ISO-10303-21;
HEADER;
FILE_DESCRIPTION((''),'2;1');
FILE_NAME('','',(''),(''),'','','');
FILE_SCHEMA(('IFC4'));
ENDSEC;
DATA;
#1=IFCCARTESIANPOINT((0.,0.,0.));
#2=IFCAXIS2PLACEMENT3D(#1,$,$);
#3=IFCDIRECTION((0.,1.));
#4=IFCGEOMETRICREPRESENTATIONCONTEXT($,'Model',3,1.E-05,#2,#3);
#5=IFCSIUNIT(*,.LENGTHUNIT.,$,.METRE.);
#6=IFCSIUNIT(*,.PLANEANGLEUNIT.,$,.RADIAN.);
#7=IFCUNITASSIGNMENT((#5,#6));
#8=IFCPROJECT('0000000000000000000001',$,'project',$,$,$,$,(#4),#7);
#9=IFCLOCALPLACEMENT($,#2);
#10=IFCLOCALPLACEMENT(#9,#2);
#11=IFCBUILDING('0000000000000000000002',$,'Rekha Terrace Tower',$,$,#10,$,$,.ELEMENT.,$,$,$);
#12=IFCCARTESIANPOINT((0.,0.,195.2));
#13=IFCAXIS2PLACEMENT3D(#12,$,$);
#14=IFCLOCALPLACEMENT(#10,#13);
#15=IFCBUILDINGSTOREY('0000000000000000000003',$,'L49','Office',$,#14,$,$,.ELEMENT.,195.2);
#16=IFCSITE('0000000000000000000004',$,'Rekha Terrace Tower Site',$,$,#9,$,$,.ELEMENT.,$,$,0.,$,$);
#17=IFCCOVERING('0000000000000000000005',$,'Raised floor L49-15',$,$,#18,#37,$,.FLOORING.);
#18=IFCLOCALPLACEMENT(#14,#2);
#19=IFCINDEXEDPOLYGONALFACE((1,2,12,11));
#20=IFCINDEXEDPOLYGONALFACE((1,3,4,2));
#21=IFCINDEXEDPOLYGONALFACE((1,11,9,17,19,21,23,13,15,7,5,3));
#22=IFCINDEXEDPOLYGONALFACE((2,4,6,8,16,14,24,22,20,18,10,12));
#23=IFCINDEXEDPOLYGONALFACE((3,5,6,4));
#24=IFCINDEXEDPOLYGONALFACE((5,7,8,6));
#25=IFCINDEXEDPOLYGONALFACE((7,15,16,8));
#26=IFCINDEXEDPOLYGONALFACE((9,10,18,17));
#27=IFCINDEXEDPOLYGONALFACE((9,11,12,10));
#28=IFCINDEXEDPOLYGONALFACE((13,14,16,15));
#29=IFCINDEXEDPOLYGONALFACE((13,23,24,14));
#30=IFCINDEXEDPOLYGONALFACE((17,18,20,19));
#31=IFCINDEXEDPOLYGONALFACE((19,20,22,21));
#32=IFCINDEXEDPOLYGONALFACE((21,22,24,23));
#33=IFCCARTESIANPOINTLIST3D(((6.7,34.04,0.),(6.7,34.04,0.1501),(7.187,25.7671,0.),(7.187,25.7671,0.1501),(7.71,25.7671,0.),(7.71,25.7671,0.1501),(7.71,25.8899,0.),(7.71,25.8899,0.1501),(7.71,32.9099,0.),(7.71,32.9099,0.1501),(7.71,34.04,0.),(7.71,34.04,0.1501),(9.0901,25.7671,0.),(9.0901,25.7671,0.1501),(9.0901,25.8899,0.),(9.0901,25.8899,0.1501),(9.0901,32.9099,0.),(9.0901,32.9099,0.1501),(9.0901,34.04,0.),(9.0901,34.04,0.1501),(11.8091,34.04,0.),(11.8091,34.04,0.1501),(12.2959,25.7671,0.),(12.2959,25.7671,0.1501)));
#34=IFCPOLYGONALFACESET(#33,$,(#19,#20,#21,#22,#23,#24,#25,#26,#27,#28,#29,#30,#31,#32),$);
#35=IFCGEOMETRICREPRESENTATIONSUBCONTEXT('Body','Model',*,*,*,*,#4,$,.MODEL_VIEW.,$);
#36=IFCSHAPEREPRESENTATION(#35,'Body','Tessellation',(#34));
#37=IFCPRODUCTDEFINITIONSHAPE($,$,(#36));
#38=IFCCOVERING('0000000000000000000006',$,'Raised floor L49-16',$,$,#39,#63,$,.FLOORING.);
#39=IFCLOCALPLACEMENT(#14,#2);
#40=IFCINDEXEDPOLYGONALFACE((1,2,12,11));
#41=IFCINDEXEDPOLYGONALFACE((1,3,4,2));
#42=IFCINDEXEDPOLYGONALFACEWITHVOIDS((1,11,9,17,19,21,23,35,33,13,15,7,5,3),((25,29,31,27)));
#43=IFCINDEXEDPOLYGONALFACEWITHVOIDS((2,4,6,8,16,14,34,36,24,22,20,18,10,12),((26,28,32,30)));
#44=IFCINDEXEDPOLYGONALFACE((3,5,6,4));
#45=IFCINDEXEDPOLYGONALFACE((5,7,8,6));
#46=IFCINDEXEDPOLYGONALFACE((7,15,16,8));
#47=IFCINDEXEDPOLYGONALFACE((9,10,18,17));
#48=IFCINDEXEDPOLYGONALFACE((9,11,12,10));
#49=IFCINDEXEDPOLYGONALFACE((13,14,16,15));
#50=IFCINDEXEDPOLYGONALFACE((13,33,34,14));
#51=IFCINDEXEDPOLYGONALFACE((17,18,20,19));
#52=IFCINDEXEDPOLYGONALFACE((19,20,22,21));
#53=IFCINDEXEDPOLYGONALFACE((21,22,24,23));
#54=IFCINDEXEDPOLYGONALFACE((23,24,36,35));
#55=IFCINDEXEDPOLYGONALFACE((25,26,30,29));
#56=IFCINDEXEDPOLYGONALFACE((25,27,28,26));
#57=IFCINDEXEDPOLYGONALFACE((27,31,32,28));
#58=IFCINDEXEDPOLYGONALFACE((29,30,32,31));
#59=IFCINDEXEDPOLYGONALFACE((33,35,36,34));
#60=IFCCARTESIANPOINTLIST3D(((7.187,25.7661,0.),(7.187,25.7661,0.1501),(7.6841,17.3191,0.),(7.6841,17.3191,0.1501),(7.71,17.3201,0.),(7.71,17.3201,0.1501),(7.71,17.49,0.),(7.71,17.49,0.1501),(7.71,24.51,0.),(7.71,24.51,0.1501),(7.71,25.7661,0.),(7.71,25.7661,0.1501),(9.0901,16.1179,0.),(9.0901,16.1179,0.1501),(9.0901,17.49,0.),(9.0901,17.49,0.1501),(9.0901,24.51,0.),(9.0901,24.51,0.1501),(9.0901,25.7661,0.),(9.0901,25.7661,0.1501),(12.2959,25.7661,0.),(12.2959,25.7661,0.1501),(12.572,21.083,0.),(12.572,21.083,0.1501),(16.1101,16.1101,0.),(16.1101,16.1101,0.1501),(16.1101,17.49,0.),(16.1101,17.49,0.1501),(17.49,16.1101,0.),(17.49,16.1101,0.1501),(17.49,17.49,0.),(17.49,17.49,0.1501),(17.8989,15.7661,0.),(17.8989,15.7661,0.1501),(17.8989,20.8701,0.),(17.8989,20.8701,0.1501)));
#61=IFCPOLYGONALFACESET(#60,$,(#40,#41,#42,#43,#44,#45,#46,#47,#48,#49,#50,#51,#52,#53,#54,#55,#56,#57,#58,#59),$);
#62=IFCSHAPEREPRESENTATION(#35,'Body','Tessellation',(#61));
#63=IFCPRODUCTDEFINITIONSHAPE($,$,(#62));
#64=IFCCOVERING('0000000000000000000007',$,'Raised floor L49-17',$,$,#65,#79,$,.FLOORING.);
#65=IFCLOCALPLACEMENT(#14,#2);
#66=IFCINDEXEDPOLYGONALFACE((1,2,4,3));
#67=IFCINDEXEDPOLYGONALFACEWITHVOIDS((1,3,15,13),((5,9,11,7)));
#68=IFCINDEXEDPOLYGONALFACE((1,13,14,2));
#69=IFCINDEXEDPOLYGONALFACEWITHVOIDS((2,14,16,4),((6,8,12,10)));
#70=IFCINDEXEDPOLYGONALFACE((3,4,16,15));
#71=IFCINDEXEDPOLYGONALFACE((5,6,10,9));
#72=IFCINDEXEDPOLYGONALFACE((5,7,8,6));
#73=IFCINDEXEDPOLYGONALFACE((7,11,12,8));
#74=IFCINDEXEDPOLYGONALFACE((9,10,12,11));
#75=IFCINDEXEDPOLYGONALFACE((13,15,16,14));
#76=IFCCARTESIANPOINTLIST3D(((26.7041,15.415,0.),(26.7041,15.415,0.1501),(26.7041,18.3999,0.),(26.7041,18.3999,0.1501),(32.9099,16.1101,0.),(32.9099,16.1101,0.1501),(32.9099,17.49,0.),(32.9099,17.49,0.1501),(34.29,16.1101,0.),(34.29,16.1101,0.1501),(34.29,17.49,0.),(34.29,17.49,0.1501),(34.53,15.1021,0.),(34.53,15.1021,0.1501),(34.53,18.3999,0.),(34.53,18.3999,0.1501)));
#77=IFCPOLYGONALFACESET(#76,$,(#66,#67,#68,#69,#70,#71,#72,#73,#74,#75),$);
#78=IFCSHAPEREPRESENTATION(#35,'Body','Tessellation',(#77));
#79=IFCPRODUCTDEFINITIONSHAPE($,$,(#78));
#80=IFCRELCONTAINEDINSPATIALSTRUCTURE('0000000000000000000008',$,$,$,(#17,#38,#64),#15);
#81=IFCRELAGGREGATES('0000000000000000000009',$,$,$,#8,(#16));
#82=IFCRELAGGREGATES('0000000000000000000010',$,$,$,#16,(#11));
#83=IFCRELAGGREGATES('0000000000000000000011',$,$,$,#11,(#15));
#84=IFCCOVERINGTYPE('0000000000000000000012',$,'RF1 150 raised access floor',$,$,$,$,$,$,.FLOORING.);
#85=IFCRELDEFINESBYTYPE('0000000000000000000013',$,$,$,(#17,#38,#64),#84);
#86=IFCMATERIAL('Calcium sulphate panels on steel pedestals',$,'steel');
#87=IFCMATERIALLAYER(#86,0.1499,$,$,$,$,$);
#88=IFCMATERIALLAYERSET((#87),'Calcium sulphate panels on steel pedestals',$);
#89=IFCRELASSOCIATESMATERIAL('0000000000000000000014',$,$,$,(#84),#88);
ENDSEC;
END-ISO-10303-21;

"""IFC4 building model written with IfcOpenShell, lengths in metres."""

from ifc_helpers import new_model, si_unit, direction, frame, origin, place, context, subcontext, project, spatial, polyline, outline, extrude, material, layer, layer_set, type_object, element, save


model = new_model("IFC4")

# Units and contexts
model_context = context("Model", 3, precision=1e-05, world=origin(), true_north=direction((0.0, 1.0)))
body_context = subcontext(model_context, "Body", "Model", "MODEL_VIEW")
ifc_project = project(units=[si_unit("LENGTHUNIT", "METRE"), si_unit("PLANEANGLEUNIT", "RADIAN")], contexts=[model_context])

# Site, building, storey
site_placement = place(None, origin())
site = spatial("IfcSite", under=ifc_project, at=site_placement, Name="Rekha Terrace Tower Site", CompositionType="ELEMENT", RefElevation=0.0)
building_placement = place(site_placement, origin())
building = spatial("IfcBuilding", under=site, at=building_placement, Name="Rekha Terrace Tower", CompositionType="ELEMENT")
storey_placement = place(building_placement, frame((0.0, 0.0, 195.2)))
storey = spatial("IfcBuildingStorey", under=building, at=storey_placement, Name="L49", Description="Office", CompositionType="ELEMENT", Elevation=195.2)

# Coverings
ifc_material_1 = material(Name="Calcium sulphate panels on steel pedestals", Category="steel")
ifc_layer_1 = layer(ifc_material_1, 0.1499)
ifc_layer_set_1 = layer_set([ifc_layer_1], Name="Calcium sulphate panels on steel pedestals")
covering_type_1 = type_object("IfcCoveringType", Name="RF1 150 raised access floor", PredefinedType="FLOORING", material=ifc_layer_set_1)
covering_1_placement = place(storey_placement, origin())
element("IfcCovering", 1, at=covering_1_placement, inside=storey, type_object=covering_type_1, Name="Raised floor L49-15", PredefinedType="FLOORING", context=body_context, shape_type="SweptSolid", body=[
    extrude(outline(polyline([(7.71, 34.04), (6.7, 34.04), (7.187, 25.7671), (7.71, 25.7671), (7.71, 25.8899), (9.0901, 25.8899), (9.0901, 25.7671), (12.2959, 25.7671), (11.8091, 34.04), (9.0901, 34.04), (9.0901, 32.9099), (7.71, 32.9099), (7.71, 34.04)])), origin(), (0.0, 0.0, 1.0), 0.1501),
])
covering_2_placement = place(storey_placement, origin())
element("IfcCovering", 2, at=covering_2_placement, inside=storey, type_object=covering_type_1, Name="Raised floor L49-16", PredefinedType="FLOORING", context=body_context, shape_type="SweptSolid", body=[
    extrude(outline(polyline([(9.0901, 16.1179), (17.8989, 15.7661), (17.8989, 20.8701), (12.572, 21.083), (12.2959, 25.7661), (9.0901, 25.7661), (9.0901, 24.51), (7.71, 24.51), (7.71, 25.7661), (7.187, 25.7661), (7.6841, 17.3191), (7.71, 17.3201), (7.71, 17.49), (9.0901, 17.49), (9.0901, 16.1179)]), holes=[polyline([(17.49, 17.49), (17.49, 16.1101), (16.1101, 16.1101), (16.1101, 17.49), (17.49, 17.49)])]), origin(), (0.0, 0.0, 1.0), 0.1501),
])
covering_3_placement = place(storey_placement, origin())
element("IfcCovering", 3, at=covering_3_placement, inside=storey, type_object=covering_type_1, Name="Raised floor L49-17", PredefinedType="FLOORING", context=body_context, shape_type="SweptSolid", body=[
    extrude(outline(polyline([(34.53, 15.1021), (34.53, 18.3999), (26.7041, 18.3999), (26.7041, 15.415), (34.53, 15.1021)]), holes=[polyline([(34.29, 16.1101), (32.9099, 16.1101), (32.9099, 17.49), (34.29, 17.49), (34.29, 16.1101)])]), origin(), (0.0, 0.0, 1.0), 0.1501),
])

save(model, "model.ifc")
